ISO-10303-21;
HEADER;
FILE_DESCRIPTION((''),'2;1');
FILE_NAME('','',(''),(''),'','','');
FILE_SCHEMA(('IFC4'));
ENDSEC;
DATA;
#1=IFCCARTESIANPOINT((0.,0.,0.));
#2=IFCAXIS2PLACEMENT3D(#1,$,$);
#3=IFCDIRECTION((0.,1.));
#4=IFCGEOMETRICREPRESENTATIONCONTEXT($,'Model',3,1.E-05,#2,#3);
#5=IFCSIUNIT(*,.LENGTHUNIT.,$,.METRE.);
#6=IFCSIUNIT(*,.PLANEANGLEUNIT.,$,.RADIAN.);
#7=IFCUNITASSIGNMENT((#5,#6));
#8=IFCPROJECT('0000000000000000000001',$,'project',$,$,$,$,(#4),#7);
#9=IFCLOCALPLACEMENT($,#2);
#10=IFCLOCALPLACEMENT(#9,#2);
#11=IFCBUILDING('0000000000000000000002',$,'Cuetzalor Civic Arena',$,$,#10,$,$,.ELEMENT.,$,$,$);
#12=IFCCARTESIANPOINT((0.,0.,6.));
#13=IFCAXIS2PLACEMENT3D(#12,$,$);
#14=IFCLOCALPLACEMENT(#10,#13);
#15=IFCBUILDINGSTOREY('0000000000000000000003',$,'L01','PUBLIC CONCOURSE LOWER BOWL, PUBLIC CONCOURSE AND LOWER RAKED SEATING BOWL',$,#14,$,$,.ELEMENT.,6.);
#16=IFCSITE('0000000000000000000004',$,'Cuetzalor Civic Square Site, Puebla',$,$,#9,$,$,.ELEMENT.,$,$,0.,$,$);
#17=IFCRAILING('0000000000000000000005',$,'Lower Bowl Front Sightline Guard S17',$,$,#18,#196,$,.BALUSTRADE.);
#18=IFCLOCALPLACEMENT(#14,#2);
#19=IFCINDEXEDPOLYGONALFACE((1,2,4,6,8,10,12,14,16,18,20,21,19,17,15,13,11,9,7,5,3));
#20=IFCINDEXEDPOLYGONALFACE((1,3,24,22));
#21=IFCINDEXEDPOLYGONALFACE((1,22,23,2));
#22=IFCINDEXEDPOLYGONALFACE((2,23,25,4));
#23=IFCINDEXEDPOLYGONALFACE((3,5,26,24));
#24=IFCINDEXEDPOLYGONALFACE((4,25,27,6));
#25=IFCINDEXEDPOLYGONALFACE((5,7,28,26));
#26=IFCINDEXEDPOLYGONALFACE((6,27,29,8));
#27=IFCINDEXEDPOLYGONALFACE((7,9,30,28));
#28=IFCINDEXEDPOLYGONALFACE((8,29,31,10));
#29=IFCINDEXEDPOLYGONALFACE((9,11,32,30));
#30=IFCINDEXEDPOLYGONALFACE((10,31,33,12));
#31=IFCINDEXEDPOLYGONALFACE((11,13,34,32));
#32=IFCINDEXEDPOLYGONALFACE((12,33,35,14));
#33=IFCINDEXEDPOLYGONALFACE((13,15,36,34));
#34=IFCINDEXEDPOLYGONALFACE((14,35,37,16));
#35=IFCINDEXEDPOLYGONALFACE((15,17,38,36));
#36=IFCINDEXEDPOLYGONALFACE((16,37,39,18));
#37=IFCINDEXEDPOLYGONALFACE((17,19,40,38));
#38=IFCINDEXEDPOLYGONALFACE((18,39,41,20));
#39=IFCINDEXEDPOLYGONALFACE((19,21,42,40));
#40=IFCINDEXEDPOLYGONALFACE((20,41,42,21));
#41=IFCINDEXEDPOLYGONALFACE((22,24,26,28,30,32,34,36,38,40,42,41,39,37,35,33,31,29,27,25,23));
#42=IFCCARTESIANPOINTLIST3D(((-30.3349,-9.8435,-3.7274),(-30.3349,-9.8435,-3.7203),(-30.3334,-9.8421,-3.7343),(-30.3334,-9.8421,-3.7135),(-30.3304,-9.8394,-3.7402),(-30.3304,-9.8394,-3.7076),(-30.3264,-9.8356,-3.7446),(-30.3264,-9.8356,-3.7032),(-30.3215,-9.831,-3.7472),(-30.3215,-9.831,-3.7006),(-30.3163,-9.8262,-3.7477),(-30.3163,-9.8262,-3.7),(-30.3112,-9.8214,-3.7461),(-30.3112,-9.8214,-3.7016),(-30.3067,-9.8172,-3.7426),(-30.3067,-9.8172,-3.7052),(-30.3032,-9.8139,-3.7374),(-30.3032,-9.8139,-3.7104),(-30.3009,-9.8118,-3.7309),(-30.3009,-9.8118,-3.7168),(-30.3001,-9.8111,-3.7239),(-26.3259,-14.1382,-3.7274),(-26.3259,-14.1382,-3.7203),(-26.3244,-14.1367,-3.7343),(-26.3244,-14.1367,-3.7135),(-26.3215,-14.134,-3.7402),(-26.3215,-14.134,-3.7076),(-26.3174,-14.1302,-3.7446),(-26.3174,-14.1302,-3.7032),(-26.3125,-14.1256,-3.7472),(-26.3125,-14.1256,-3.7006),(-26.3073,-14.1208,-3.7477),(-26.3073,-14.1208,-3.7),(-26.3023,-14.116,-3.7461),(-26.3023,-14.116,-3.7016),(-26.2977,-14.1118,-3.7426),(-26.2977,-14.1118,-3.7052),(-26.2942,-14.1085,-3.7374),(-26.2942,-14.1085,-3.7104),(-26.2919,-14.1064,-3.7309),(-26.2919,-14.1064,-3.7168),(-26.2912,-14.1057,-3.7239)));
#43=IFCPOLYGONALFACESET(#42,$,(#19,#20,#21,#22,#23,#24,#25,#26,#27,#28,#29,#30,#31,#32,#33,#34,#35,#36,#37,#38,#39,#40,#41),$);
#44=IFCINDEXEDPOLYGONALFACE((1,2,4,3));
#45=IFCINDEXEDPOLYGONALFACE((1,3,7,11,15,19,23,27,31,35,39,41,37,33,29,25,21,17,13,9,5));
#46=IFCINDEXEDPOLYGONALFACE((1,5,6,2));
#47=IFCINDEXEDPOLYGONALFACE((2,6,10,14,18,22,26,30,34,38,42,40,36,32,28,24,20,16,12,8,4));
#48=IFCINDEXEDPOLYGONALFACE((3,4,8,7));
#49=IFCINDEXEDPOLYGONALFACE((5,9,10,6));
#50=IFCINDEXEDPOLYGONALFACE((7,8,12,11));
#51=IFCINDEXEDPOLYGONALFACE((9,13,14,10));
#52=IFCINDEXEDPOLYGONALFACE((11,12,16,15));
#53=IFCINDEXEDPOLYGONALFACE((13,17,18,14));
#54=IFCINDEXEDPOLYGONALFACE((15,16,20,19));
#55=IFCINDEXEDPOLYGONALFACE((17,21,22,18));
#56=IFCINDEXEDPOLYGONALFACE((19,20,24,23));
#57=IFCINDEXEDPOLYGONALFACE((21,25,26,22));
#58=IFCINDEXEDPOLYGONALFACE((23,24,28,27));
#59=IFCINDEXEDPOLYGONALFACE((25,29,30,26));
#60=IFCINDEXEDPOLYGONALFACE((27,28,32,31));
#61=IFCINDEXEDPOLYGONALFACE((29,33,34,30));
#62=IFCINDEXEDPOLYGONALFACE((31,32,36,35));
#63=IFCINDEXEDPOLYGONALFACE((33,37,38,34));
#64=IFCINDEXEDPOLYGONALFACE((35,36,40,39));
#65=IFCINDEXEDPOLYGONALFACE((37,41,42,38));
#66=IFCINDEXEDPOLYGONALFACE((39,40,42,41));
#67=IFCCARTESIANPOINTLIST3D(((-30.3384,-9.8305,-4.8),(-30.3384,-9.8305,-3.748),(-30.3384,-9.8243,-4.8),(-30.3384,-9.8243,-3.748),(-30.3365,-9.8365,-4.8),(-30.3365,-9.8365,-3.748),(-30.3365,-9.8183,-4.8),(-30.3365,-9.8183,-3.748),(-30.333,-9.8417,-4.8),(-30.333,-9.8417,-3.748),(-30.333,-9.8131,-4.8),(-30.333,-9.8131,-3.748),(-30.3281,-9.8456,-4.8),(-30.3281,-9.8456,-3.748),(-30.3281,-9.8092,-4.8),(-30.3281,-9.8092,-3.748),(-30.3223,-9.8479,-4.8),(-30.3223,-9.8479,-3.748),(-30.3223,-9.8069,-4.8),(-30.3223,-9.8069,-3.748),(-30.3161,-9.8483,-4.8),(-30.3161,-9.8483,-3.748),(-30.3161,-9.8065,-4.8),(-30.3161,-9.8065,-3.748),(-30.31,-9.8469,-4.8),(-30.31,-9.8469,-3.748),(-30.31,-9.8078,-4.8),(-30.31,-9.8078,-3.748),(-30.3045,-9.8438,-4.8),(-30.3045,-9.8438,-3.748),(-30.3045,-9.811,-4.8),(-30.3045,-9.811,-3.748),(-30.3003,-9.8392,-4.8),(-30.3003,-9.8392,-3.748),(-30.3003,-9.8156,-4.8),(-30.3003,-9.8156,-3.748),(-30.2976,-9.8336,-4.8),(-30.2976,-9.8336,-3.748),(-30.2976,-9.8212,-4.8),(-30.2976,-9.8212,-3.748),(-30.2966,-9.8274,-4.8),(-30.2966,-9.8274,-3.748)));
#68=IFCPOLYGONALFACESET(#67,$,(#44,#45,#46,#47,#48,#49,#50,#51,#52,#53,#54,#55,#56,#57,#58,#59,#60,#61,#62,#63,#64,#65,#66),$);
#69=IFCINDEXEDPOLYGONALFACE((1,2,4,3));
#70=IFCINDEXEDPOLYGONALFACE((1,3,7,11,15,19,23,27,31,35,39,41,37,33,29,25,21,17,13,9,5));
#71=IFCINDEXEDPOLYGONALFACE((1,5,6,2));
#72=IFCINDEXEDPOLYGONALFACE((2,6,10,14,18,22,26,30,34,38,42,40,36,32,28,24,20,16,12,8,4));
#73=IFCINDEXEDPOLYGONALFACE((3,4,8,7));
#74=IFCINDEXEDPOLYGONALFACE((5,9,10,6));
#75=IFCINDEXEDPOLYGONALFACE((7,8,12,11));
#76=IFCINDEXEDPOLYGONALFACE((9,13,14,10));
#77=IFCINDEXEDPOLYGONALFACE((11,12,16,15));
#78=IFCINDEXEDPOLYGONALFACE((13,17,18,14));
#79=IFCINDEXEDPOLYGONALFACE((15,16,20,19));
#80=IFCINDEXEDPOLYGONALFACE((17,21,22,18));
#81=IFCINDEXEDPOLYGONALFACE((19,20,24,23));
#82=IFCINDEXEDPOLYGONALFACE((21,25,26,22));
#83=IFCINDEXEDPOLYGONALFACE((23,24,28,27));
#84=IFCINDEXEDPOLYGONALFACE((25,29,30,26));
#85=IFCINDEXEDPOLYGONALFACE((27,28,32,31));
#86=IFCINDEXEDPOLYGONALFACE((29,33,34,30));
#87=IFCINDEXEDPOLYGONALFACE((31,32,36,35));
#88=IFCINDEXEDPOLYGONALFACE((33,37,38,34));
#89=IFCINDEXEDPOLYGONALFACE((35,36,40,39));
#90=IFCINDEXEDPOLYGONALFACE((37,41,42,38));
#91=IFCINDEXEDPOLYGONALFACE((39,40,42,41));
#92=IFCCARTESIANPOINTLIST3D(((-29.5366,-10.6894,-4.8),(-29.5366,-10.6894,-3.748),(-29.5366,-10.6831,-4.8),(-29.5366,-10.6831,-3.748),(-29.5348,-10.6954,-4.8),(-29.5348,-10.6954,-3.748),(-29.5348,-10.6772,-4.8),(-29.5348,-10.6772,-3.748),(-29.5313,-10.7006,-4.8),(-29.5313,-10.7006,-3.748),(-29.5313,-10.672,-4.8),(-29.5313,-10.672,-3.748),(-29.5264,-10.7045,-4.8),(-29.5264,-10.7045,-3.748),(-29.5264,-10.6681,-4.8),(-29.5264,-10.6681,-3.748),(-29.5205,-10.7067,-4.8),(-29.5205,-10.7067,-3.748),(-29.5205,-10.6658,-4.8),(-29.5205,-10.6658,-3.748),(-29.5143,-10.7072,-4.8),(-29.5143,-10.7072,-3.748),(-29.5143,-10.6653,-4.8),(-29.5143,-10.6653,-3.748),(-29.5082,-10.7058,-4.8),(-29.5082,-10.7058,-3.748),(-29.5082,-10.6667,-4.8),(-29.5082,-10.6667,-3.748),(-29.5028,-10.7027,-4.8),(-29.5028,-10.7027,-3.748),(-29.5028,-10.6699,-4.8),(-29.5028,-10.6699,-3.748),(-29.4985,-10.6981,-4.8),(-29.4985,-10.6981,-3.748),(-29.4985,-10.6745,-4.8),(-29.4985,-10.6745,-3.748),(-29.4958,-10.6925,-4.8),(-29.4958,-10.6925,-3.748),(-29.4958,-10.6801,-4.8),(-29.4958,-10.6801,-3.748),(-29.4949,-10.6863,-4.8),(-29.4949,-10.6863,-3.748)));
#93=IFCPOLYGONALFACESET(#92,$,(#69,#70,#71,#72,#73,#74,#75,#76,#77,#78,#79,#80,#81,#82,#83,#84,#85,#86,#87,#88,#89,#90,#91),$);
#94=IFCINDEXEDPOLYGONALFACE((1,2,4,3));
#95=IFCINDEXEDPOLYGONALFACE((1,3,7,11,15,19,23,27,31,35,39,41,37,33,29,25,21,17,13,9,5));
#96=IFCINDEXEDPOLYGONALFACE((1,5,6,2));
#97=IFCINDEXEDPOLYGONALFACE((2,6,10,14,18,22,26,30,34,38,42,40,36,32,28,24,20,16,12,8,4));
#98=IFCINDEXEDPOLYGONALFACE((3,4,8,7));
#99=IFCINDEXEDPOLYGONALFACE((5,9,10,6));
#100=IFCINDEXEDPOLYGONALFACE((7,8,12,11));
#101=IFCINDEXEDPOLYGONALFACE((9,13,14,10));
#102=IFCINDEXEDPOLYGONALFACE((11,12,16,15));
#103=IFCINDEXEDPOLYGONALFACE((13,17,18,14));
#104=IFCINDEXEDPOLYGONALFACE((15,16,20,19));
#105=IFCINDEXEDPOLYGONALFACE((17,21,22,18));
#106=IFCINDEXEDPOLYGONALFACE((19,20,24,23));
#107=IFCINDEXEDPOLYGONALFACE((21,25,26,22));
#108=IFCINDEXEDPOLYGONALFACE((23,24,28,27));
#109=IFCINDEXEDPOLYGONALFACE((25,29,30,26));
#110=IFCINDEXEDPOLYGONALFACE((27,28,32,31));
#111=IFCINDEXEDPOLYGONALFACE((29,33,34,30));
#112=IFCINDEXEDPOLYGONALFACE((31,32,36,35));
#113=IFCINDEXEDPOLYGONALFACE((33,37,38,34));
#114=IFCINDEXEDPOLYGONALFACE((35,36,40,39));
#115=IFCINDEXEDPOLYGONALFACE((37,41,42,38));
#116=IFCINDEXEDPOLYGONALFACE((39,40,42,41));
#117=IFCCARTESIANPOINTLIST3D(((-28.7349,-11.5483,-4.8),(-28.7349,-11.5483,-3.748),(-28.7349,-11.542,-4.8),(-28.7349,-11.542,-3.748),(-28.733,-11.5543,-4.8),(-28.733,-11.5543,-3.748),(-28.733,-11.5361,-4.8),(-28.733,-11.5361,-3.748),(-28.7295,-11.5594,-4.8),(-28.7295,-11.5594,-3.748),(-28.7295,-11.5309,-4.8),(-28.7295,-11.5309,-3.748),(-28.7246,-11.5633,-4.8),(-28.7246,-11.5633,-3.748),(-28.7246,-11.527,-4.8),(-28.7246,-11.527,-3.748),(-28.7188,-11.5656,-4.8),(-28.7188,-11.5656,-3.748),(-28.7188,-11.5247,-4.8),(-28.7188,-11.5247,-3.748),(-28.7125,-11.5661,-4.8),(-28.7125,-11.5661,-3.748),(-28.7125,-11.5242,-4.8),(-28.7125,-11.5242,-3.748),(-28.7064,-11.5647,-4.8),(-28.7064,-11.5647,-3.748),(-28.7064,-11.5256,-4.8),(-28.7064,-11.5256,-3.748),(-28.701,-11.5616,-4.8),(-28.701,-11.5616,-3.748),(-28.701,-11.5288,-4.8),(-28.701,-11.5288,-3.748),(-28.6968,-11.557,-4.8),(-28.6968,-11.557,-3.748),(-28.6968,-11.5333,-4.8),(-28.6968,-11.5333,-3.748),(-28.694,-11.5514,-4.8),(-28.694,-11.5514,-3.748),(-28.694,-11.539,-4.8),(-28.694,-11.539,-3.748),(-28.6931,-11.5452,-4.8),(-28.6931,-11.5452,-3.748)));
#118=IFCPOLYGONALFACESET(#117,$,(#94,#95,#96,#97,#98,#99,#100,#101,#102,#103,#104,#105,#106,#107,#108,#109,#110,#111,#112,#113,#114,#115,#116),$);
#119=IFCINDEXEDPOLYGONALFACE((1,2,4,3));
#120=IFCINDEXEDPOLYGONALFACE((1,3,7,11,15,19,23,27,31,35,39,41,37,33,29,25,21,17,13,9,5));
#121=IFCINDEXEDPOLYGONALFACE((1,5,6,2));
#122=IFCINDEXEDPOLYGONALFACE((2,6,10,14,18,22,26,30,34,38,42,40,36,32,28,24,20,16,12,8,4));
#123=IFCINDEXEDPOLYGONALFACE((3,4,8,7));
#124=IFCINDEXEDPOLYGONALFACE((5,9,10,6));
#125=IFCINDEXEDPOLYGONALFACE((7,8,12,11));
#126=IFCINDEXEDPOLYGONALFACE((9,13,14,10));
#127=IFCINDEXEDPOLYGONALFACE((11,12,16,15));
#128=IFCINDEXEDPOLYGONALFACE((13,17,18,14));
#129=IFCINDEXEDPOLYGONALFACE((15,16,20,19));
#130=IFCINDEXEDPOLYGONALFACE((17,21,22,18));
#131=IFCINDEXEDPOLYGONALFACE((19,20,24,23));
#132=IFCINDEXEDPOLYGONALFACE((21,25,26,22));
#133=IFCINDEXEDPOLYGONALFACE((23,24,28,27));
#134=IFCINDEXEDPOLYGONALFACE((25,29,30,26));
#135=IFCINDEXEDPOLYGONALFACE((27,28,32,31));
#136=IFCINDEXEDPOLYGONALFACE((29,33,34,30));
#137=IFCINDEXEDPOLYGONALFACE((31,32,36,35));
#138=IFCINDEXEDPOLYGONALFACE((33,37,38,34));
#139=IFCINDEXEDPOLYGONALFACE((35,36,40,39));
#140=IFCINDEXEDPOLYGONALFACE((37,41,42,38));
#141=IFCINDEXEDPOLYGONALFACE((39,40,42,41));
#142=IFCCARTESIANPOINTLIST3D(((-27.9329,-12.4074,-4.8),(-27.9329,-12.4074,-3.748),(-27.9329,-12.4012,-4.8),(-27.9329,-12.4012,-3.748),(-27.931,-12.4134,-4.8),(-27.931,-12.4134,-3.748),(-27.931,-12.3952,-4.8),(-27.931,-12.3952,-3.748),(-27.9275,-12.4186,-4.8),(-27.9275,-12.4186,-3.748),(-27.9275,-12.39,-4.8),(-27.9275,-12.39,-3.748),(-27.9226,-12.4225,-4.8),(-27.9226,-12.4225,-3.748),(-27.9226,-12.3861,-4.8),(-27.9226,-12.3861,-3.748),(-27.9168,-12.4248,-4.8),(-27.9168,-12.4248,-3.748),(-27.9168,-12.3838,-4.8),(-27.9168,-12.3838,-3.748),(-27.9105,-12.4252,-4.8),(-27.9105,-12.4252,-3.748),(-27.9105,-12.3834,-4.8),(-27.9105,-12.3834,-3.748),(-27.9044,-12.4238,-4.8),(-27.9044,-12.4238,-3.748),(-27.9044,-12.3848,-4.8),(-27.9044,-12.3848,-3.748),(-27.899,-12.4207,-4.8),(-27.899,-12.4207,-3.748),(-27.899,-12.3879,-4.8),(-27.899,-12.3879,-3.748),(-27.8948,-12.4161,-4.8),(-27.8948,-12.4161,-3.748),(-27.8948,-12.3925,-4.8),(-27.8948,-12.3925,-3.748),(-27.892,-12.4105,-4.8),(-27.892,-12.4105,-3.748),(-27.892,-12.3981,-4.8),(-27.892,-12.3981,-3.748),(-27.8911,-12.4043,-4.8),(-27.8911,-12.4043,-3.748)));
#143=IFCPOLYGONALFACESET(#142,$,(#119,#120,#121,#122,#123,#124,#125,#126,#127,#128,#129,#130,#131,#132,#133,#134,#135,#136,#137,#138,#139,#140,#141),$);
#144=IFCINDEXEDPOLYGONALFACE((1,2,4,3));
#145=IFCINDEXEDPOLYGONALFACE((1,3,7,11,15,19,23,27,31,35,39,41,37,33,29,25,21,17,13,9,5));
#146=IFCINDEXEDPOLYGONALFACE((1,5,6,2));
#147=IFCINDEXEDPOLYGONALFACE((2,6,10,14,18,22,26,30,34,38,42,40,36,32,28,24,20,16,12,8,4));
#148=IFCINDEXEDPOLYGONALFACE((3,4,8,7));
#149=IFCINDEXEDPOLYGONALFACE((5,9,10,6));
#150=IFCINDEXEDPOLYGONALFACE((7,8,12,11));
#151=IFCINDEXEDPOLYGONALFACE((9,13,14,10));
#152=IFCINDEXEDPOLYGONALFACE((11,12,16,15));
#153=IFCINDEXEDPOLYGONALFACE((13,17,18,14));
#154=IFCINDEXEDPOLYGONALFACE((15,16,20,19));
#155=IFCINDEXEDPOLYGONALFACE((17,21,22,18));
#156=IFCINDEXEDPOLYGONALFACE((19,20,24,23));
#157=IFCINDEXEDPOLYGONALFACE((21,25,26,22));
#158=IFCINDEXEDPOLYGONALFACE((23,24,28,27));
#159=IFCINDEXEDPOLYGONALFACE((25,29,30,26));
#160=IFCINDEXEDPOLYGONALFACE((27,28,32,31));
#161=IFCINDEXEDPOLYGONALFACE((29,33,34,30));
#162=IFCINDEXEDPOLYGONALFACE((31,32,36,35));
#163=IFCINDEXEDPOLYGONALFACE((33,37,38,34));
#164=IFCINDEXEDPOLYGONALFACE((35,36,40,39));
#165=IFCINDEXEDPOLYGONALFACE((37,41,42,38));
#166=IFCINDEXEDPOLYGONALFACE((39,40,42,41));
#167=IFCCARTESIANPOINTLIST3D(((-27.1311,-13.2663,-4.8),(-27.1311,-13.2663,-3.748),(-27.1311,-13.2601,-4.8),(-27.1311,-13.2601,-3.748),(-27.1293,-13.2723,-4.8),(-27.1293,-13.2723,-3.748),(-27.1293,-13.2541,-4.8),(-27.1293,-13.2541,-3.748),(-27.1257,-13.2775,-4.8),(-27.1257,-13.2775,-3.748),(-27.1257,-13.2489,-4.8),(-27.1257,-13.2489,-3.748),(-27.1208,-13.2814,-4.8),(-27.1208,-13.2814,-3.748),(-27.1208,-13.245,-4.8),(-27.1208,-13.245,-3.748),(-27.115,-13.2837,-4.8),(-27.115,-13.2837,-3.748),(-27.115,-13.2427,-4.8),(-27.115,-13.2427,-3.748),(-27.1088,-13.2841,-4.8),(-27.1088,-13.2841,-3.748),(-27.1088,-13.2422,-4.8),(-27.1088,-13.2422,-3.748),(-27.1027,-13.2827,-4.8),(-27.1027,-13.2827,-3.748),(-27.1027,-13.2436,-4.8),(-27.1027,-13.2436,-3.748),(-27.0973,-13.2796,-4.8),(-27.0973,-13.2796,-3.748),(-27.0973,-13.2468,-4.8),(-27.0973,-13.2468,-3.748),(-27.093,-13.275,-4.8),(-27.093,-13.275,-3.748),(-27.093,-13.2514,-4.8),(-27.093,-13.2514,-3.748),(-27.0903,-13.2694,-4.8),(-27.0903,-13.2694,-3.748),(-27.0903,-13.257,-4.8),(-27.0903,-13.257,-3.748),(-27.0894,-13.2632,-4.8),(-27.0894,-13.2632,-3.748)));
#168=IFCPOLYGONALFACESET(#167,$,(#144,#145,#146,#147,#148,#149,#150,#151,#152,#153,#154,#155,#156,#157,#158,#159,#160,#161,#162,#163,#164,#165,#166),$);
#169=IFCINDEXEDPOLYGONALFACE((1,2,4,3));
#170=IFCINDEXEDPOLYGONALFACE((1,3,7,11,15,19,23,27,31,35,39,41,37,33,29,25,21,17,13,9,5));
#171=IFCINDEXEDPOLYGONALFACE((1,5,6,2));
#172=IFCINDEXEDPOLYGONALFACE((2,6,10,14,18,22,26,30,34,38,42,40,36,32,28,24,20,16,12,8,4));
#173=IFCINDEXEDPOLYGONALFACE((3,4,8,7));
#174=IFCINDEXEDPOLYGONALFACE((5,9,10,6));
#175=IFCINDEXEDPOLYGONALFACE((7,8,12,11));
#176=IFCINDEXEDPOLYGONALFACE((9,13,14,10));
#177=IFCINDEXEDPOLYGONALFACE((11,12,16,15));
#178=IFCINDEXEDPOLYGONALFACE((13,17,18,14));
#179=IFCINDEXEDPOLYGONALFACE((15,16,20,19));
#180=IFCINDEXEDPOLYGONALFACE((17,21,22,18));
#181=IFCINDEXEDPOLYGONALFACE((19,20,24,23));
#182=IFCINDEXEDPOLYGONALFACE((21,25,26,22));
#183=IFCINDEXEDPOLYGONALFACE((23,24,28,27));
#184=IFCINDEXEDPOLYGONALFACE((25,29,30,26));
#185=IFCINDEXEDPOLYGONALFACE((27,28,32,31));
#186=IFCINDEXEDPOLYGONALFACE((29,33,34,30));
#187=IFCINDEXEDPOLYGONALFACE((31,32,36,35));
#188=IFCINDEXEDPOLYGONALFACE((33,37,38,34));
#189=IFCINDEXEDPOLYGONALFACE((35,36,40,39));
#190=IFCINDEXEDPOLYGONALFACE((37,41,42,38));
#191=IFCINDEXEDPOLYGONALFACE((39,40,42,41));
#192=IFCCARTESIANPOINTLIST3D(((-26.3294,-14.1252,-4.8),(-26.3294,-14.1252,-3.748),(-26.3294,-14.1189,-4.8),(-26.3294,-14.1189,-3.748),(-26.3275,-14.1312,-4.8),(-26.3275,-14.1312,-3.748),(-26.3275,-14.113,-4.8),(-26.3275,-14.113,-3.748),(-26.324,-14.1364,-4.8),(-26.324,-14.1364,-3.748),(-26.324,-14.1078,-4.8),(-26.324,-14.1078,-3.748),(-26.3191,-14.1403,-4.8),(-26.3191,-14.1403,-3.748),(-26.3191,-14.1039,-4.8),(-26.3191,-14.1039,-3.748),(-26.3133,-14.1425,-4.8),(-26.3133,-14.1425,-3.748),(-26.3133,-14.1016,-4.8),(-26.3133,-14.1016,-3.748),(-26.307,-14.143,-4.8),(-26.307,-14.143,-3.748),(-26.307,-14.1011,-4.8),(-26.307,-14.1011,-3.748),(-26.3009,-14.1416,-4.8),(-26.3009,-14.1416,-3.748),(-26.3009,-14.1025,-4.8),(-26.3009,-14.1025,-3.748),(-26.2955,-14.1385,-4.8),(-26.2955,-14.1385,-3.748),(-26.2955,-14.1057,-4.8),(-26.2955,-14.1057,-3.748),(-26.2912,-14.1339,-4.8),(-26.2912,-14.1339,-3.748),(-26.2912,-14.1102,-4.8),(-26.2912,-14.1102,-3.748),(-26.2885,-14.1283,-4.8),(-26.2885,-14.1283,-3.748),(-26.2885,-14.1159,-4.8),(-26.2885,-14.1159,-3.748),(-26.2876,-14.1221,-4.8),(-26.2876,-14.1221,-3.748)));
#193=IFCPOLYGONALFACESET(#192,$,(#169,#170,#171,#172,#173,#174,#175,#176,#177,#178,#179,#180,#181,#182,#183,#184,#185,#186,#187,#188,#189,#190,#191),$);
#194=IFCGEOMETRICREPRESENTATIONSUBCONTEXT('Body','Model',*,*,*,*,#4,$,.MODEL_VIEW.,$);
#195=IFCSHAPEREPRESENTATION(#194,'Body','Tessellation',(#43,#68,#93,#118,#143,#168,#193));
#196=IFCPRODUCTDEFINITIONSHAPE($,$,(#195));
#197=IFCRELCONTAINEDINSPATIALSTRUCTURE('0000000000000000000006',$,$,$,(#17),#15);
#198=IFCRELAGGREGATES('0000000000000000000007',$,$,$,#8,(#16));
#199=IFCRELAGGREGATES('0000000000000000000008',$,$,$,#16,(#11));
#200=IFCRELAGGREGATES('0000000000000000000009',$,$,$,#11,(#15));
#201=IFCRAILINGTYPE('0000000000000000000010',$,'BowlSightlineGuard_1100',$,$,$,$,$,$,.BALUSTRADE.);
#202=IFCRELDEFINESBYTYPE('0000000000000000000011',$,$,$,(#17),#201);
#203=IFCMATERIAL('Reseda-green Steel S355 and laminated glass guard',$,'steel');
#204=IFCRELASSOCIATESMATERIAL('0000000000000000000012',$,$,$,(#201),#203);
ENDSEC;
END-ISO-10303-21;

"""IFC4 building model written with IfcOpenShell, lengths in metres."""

from ifc_helpers import new_model, si_unit, direction, frame, origin, origin_2d, place, context, subcontext, project, spatial, circle, extrude, material, type_object, element, save


model = new_model("IFC4")

# Units and contexts
model_context = context("Model", 3, precision=1e-05, world=origin(), true_north=direction((0.0, 1.0)))
body_context = subcontext(model_context, "Body", "Model", "MODEL_VIEW")
ifc_project = project(units=[si_unit("LENGTHUNIT", "METRE"), si_unit("PLANEANGLEUNIT", "RADIAN")], contexts=[model_context])

# Site, building, storey
site_placement = place(None, origin())
site = spatial("IfcSite", under=ifc_project, at=site_placement, Name="Cuetzalor Civic Square Site, Puebla", CompositionType="ELEMENT", RefElevation=0.0)
building_placement = place(site_placement, origin())
building = spatial("IfcBuilding", under=site, at=building_placement, Name="Cuetzalor Civic Arena", CompositionType="ELEMENT")
storey_placement = place(building_placement, frame((0.0, 0.0, 6.0)))
storey = spatial("IfcBuildingStorey", under=building, at=storey_placement, Name="L01", Description="PUBLIC CONCOURSE LOWER BOWL, PUBLIC CONCOURSE AND LOWER RAKED SEATING BOWL", CompositionType="ELEMENT", Elevation=6.0)

# Railing
ifc_material_1 = material(Name="Reseda-green Steel S355 and laminated glass guard", Category="steel")
railing_type_1 = type_object("IfcRailingType", Name="BowlSightlineGuard_1100", PredefinedType="BALUSTRADE", material=ifc_material_1)
railing_1_placement = place(storey_placement, frame((-30.3176, -9.8274, -4.8)))
element("IfcRailing", 1, at=railing_1_placement, inside=storey, type_object=railing_type_1, Name="Lower Bowl Front Sightline Guard S17", PredefinedType="BALUSTRADE", context=body_context, shape_type="SweptSolid", body=[
    extrude(circle(Radius=0.0239, at=origin_2d()), frame((0.0, 0.0, 1.0762), z_axis=(0.682379, -0.730999, 0.0), x_axis=(0.730999, 0.682379, 0.0)), (0.0, 0.0, 1.0), 5.875),
    extrude(circle(Radius=0.021, at=origin_2d()), origin(), (0.0, 0.0, 1.0), 1.052),
    extrude(circle(Radius=0.021, at=origin_2d()), frame((0.8018, -0.8589, 0.0)), (0.0, 0.0, 1.0), 1.052),
    extrude(circle(Radius=0.021, at=origin_2d()), frame((1.6035, -1.7178, 0.0)), (0.0, 0.0, 1.0), 1.052),
    extrude(circle(Radius=0.021, at=origin_2d()), frame((2.4055, -2.5769, 0.0)), (0.0, 0.0, 1.0), 1.052),
    extrude(circle(Radius=0.021, at=origin_2d()), frame((3.2073, -3.4358, 0.0)), (0.0, 0.0, 1.0), 1.052),
    extrude(circle(Radius=0.021, at=origin_2d()), frame((4.009, -4.2947, 0.0)), (0.0, 0.0, 1.0), 1.052),
])

save(model, "model.ifc")
